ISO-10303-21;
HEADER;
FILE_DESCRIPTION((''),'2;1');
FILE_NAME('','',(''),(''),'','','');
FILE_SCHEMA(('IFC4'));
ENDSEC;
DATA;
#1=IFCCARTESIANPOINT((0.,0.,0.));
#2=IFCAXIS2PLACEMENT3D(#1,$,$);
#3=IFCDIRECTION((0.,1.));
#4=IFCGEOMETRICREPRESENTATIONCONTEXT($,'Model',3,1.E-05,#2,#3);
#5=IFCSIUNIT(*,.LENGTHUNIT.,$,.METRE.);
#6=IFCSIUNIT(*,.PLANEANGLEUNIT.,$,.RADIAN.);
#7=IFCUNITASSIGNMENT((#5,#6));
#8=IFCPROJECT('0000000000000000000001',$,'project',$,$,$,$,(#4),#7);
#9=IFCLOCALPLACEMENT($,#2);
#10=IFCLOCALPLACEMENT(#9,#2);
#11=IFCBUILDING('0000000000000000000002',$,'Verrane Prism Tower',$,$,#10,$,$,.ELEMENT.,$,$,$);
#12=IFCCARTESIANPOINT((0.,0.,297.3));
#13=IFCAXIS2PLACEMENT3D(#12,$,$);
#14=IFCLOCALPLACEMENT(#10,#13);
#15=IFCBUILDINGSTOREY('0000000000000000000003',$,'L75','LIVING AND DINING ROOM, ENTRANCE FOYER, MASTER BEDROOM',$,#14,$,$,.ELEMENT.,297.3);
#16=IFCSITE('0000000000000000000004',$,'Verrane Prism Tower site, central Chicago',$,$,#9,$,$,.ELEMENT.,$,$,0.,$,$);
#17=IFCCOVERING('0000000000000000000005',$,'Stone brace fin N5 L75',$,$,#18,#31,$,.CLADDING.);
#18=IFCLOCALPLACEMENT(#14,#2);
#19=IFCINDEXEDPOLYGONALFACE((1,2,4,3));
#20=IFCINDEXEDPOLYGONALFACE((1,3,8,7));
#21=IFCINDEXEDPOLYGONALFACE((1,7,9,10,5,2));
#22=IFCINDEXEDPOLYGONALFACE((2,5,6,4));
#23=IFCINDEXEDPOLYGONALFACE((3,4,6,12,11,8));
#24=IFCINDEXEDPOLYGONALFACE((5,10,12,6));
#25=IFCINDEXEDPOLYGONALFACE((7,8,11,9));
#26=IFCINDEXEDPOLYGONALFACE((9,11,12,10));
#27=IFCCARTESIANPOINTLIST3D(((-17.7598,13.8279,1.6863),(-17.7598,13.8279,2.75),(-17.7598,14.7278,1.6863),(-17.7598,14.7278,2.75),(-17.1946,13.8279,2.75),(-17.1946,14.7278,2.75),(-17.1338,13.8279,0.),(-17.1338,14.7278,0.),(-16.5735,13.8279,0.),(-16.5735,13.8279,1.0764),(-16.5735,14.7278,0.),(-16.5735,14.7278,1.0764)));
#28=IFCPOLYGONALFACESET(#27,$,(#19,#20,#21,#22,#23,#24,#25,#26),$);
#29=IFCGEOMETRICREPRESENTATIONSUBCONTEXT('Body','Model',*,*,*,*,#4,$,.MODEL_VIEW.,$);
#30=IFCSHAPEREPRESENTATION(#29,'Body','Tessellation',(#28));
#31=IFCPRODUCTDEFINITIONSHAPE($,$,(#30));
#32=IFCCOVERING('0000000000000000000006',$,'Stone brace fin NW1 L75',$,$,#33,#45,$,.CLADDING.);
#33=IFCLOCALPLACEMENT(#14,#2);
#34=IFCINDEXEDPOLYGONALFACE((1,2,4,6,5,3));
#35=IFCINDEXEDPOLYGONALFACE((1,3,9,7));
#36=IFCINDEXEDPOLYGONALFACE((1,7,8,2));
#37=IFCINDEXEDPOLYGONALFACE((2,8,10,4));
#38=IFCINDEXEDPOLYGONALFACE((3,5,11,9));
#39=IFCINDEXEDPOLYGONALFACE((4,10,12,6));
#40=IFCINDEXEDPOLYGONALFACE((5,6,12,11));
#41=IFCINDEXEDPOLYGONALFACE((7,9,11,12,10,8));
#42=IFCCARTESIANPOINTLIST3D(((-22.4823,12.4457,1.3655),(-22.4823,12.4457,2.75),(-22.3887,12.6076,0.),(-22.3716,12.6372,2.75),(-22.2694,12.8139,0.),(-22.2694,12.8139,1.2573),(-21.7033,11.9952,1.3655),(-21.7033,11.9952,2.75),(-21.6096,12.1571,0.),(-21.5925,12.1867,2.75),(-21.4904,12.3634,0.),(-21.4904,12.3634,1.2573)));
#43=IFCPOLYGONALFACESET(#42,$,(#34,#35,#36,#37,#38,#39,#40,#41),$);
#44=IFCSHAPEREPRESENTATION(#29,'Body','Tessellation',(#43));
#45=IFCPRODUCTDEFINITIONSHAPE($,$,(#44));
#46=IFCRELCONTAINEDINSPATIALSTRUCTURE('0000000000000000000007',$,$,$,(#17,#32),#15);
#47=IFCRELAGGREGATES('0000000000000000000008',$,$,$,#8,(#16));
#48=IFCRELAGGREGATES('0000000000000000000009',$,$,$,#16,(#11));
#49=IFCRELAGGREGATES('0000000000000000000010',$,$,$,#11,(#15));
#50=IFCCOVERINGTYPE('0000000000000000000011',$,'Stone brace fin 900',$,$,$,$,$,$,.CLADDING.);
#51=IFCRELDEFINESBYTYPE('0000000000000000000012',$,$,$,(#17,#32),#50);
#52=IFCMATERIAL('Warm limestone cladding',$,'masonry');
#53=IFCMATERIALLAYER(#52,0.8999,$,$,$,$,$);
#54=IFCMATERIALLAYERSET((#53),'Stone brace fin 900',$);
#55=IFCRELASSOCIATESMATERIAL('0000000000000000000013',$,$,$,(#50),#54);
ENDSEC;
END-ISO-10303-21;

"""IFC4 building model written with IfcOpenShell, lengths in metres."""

from ifc_helpers import new_model, si_unit, direction, frame, origin, place, context, subcontext, project, spatial, polyline, outline, extrude, material, layer, layer_set, type_object, element, save


model = new_model("IFC4")

# Units and contexts
model_context = context("Model", 3, precision=1e-05, world=origin(), true_north=direction((0.0, 1.0)))
body_context = subcontext(model_context, "Body", "Model", "MODEL_VIEW")
ifc_project = project(units=[si_unit("LENGTHUNIT", "METRE"), si_unit("PLANEANGLEUNIT", "RADIAN")], contexts=[model_context])

# Site, building, storey
site_placement = place(None, origin())
site = spatial("IfcSite", under=ifc_project, at=site_placement, Name="Verrane Prism Tower site, central Chicago", CompositionType="ELEMENT", RefElevation=0.0)
building_placement = place(site_placement, origin())
building = spatial("IfcBuilding", under=site, at=building_placement, Name="Verrane Prism Tower", CompositionType="ELEMENT")
storey_placement = place(building_placement, frame((0.0, 0.0, 297.3)))
storey = spatial("IfcBuildingStorey", under=building, at=storey_placement, Name="L75", Description="LIVING AND DINING ROOM, ENTRANCE FOYER, MASTER BEDROOM", CompositionType="ELEMENT", Elevation=297.3)

# Coverings
ifc_material_1 = material(Name="Warm limestone cladding", Category="masonry")
ifc_layer_1 = layer(ifc_material_1, 0.8999)
ifc_layer_set_1 = layer_set([ifc_layer_1], Name="Stone brace fin 900")
covering_type = type_object("IfcCoveringType", Name="Stone brace fin 900", PredefinedType="CLADDING", material=ifc_layer_set_1)
covering_1_placement = place(storey_placement, frame((-16.5735, 14.2778, 0.0), z_axis=(0.0, 0.0, 1.0), x_axis=(-1.0, 0.0, 0.0)))
element("IfcCovering", 1, at=covering_1_placement, inside=storey, type_object=covering_type, Name="Stone brace fin N5 L75", PredefinedType="CLADDING", context=body_context, shape_type="SweptSolid", body=[
    extrude(outline(polyline([(1.1863, 2.75), (0.6211, 2.75), (0.0, 1.0764), (0.0, 0.0), (0.5603, 0.0), (1.1863, 1.6863), (1.1863, 2.75)])), frame((0.0, 0.45, 0.0), z_axis=(0.0, -1.0, 0.0), x_axis=(1.0, 0.0, 0.0)), (0.0, 0.0, 1.0), 0.8999),
])
covering_2_placement = place(storey_placement, frame((-21.8799, 12.5886, 0.0), z_axis=(0.0, 0.0, 1.0), x_axis=(-0.500584, -0.865688, 0.0)))
element("IfcCovering", 2, at=covering_2_placement, inside=storey, type_object=covering_type, Name="Stone brace fin NW1 L75", PredefinedType="CLADDING", context=body_context, shape_type="SweptSolid", body=[
    extrude(outline(polyline([(0.4253, 2.75), (0.2041, 2.75), (0.0, 1.2573), (0.0, 0.0), (0.2383, 0.0), (0.4253, 1.3655), (0.4253, 2.75)])), frame((0.0, 0.45, 0.0), z_axis=(0.0, -1.0, 0.0), x_axis=(1.0, 0.0, 0.0)), (0.0, 0.0, 1.0), 0.8999),
])

save(model, "model.ifc")
